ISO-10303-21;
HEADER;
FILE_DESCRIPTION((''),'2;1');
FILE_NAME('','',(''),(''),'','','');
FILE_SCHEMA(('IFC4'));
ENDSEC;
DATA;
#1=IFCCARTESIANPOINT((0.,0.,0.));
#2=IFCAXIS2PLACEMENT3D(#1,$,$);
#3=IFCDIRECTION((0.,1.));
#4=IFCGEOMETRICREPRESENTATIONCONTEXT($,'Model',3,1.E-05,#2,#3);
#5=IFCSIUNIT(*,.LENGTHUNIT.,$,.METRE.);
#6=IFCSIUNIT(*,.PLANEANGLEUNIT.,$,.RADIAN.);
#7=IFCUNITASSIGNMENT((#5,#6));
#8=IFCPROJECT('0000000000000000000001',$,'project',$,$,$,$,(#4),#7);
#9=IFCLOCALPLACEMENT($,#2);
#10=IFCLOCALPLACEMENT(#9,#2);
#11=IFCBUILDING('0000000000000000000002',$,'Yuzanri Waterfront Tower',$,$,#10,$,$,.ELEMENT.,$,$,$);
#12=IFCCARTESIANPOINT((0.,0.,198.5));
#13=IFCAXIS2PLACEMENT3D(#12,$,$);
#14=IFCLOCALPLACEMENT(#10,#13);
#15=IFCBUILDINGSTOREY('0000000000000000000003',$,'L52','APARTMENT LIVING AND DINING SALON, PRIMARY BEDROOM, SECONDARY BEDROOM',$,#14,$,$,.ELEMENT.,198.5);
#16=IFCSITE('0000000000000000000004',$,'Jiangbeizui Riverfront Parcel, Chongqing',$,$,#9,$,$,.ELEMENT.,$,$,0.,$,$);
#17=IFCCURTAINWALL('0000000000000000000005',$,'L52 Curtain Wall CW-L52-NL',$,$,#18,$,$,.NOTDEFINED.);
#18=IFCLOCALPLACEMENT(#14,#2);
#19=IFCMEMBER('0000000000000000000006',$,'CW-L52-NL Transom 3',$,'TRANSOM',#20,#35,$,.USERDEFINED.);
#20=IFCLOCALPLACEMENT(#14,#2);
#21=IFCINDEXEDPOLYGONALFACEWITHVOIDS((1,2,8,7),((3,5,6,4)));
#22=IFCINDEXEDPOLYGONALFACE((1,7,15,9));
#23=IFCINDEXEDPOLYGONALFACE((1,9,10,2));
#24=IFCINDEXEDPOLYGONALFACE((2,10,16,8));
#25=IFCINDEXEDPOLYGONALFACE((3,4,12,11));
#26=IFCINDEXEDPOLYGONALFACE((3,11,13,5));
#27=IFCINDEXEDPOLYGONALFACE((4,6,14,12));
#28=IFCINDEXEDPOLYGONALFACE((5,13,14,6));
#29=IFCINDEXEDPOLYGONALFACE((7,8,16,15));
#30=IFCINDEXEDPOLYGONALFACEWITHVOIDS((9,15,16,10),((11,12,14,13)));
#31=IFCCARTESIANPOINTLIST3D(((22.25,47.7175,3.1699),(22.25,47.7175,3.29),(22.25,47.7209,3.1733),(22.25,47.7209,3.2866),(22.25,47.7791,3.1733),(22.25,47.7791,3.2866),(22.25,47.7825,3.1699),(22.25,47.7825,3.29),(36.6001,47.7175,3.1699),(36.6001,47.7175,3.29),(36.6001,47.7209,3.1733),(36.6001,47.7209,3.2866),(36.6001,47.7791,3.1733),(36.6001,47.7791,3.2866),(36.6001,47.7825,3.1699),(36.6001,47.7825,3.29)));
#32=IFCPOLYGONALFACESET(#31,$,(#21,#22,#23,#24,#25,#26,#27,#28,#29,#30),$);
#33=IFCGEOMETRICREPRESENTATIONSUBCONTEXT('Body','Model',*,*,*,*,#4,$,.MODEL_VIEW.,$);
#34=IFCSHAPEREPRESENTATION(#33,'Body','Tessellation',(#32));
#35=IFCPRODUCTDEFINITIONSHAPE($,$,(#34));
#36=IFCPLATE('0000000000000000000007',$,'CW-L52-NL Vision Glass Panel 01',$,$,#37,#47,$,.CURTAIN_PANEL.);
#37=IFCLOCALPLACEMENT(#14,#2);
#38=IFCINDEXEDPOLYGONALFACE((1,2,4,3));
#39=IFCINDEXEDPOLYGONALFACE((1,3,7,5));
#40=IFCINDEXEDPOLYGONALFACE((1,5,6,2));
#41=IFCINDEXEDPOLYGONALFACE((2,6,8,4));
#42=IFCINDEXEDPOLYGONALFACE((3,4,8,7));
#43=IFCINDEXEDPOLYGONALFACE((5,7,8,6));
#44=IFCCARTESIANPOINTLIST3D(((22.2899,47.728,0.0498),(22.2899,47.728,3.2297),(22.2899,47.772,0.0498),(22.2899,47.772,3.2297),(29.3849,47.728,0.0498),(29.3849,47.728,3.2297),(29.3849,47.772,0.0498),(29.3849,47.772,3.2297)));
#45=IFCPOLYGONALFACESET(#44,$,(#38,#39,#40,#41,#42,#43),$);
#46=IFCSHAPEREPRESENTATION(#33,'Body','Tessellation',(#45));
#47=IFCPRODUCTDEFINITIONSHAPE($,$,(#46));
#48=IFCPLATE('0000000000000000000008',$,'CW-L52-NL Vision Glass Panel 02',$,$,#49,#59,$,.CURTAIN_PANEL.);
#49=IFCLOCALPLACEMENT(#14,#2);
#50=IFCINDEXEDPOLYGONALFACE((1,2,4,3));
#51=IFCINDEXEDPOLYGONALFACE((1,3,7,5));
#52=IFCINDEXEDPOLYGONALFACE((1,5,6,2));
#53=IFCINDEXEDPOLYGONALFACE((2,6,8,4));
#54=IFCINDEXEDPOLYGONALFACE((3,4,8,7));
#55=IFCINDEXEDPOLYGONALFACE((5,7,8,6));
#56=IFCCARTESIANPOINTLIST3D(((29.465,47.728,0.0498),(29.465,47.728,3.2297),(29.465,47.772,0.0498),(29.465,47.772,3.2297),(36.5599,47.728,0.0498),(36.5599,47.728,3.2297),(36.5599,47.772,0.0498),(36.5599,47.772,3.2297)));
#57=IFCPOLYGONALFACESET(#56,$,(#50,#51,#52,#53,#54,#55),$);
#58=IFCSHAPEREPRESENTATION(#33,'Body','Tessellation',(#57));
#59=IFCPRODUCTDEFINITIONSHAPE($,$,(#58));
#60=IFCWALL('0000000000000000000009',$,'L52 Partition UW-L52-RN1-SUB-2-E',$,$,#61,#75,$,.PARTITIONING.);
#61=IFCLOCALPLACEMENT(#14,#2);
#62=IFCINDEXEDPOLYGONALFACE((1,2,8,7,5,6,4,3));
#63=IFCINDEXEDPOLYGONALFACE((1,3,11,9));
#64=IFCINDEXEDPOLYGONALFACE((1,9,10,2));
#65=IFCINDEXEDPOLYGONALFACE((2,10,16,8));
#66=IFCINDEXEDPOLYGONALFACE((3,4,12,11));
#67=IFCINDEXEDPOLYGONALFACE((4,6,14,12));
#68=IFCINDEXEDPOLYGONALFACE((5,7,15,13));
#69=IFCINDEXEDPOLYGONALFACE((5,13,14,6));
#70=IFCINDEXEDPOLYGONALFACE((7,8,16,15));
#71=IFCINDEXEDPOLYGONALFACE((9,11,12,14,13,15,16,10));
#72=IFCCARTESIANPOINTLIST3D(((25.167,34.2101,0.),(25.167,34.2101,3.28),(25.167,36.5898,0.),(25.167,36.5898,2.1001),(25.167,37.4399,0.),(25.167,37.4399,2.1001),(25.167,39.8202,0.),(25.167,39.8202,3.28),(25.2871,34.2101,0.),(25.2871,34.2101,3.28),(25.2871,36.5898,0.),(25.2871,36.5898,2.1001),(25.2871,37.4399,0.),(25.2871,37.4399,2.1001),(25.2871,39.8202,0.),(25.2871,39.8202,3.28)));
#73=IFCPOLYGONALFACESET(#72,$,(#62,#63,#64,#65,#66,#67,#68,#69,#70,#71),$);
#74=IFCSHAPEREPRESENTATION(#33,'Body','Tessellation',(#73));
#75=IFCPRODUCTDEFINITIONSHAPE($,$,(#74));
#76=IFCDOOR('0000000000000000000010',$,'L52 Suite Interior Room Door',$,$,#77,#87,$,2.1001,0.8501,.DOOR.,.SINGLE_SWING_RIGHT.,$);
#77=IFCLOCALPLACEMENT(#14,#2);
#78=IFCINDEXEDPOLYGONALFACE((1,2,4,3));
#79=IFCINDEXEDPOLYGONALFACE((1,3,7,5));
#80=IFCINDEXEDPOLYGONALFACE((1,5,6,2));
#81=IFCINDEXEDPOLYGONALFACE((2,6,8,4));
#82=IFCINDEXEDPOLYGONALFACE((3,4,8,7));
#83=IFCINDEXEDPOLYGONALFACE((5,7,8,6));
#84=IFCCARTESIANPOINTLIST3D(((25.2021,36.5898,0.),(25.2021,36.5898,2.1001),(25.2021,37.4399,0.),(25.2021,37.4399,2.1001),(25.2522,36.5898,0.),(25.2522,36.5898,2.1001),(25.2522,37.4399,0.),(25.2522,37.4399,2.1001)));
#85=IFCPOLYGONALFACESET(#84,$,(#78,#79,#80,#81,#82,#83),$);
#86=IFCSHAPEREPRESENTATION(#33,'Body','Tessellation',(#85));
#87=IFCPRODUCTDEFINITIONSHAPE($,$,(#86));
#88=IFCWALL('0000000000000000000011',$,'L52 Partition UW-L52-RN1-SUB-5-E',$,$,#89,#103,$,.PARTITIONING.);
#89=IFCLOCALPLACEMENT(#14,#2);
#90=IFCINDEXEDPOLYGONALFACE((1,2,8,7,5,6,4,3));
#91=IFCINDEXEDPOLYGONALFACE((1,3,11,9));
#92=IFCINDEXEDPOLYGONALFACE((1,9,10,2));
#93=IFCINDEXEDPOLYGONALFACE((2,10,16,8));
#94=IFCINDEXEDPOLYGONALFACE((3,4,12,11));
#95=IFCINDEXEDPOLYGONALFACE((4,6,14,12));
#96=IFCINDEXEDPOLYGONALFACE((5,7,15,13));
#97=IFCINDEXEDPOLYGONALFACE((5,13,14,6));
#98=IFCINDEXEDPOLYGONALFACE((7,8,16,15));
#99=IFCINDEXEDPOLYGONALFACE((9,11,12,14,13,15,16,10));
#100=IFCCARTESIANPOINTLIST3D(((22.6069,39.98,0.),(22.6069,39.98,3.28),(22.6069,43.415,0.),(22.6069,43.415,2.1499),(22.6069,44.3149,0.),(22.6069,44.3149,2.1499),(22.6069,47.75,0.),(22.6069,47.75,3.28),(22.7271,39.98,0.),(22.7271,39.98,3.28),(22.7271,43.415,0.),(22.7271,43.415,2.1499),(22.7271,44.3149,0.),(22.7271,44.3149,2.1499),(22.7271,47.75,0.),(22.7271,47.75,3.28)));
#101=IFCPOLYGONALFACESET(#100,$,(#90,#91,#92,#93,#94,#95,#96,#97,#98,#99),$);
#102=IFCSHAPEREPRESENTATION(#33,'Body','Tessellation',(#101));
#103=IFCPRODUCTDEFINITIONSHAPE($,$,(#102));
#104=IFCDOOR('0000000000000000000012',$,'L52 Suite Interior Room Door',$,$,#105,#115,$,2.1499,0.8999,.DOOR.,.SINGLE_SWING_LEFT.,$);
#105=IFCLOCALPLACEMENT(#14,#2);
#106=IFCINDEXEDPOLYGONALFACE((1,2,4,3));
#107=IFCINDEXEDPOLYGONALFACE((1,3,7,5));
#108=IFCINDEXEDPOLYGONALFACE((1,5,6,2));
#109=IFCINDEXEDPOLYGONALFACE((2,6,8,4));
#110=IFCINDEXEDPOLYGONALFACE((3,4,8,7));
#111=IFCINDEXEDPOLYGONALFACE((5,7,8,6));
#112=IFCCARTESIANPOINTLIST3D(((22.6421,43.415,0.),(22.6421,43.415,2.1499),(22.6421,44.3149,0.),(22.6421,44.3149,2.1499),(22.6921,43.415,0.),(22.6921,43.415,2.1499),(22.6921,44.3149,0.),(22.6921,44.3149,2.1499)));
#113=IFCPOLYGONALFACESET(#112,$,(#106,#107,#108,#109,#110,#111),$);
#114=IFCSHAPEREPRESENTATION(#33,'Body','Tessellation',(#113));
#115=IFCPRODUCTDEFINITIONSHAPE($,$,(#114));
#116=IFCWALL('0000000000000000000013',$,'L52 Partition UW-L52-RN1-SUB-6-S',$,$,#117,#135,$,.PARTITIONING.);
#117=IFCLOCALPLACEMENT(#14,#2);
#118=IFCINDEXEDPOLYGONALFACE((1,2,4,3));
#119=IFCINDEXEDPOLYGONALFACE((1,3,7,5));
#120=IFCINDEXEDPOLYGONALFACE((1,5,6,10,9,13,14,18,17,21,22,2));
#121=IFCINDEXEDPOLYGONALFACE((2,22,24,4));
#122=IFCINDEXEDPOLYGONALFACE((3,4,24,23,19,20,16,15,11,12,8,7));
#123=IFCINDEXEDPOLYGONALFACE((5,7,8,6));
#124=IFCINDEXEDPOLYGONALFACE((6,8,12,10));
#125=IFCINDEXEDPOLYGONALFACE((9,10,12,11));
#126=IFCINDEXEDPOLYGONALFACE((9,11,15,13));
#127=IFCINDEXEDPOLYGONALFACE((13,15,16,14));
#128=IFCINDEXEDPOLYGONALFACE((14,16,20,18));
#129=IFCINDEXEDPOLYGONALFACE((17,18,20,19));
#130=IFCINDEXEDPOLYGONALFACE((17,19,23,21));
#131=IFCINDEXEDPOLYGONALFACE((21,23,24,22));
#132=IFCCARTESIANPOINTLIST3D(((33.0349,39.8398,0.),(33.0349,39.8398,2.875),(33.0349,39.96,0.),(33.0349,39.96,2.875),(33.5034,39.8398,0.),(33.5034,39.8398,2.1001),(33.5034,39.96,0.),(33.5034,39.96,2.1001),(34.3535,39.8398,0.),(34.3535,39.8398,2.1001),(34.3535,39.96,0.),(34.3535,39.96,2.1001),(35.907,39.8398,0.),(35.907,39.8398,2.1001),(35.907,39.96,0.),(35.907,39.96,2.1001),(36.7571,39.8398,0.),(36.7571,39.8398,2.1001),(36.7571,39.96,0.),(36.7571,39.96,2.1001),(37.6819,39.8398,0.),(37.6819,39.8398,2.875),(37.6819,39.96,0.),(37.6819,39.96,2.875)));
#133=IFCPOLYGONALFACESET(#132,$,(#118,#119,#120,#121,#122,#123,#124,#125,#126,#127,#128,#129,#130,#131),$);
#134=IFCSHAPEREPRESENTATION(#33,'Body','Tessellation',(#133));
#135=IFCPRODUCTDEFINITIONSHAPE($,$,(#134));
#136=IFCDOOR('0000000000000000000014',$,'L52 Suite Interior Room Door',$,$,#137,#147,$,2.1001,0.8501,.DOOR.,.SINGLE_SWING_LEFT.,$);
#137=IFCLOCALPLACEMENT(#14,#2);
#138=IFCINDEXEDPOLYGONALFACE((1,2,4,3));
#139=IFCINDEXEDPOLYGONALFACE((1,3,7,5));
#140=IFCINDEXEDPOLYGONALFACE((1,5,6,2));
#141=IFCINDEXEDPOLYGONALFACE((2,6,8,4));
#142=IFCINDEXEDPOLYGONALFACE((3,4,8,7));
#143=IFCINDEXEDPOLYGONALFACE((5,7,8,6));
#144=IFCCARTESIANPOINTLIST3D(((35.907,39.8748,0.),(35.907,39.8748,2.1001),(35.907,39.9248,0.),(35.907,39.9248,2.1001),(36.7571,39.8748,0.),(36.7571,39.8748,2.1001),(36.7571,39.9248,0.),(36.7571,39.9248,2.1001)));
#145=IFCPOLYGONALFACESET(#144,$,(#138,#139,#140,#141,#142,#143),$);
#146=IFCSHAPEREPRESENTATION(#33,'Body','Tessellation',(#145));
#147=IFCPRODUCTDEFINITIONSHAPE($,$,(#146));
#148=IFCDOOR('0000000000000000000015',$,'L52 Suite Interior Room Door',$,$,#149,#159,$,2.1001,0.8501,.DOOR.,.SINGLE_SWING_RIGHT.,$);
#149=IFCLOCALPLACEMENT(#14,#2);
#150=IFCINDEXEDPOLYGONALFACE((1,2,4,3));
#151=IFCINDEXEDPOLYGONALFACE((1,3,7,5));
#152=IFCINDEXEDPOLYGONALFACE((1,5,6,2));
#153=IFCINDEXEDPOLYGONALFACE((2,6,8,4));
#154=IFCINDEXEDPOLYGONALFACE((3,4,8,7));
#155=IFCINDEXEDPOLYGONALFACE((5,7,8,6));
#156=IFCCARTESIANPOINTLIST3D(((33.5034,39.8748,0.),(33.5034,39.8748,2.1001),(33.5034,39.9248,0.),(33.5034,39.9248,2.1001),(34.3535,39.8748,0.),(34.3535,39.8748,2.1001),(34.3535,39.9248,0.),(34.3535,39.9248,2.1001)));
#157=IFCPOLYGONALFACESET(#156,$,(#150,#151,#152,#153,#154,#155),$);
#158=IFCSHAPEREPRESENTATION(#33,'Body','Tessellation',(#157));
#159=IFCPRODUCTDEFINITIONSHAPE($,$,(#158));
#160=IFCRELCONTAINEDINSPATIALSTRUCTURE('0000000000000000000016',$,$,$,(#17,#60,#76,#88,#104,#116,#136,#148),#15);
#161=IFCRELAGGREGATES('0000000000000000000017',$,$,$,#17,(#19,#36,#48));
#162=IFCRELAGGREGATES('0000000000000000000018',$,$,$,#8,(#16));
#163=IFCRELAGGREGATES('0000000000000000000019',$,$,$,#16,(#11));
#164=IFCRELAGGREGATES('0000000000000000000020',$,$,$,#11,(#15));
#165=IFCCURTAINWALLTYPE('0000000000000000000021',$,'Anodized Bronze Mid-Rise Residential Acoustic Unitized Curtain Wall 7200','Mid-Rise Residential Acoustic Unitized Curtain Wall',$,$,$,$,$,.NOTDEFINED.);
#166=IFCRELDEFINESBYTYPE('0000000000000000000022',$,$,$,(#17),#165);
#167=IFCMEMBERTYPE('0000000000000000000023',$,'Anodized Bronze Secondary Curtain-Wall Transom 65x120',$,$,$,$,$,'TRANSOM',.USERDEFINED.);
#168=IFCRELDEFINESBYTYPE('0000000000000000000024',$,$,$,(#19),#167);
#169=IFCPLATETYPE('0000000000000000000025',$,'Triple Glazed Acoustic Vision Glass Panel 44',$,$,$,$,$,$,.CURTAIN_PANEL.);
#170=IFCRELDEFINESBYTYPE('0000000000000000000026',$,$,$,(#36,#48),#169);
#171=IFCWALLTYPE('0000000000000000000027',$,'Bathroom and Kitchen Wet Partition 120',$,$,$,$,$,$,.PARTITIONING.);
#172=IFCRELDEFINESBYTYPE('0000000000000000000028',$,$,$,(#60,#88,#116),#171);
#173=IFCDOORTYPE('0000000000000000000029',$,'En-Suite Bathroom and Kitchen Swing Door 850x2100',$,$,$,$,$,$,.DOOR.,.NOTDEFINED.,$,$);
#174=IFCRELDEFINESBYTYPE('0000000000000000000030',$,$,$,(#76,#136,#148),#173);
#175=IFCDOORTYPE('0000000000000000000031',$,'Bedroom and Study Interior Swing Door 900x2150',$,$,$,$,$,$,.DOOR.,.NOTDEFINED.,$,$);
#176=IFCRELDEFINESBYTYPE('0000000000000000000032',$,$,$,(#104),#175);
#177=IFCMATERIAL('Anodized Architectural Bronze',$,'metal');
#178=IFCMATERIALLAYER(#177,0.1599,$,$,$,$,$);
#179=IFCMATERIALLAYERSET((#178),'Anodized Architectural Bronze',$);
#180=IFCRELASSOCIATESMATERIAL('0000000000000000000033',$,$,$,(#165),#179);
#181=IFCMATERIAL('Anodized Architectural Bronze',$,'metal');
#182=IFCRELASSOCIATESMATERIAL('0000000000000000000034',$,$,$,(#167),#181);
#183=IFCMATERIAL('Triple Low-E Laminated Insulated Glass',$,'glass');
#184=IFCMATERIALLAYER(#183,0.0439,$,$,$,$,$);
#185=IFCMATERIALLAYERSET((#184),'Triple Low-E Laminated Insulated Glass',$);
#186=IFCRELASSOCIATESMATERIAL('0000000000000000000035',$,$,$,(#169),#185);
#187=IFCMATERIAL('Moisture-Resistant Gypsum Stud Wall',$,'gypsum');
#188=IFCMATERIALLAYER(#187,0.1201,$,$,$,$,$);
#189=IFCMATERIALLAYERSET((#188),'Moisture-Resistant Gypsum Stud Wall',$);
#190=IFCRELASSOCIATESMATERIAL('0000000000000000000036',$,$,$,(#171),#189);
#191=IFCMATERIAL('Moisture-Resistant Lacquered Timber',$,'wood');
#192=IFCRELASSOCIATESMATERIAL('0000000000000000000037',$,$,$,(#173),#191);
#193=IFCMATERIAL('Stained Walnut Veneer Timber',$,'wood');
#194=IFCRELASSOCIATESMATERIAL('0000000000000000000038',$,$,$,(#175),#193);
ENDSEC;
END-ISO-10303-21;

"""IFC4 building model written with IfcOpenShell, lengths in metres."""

from ifc_helpers import new_model, si_unit, direction, frame, frame_2d, origin, origin_2d, place, context, subcontext, project, spatial, rectangle, hollow_rectangle, extrude, source, transform, mapped, material, layer, layer_set, material_profile, profile_set, type_object, element, fill, aggregate, save


model = new_model("IFC4")

# Units and contexts
model_context = context("Model", 3, precision=1e-05, world=origin(), true_north=direction((0.0, 1.0)))
body_context = subcontext(model_context, "Body", "Model", "MODEL_VIEW")
ifc_project = project(units=[si_unit("LENGTHUNIT", "METRE"), si_unit("PLANEANGLEUNIT", "RADIAN")], contexts=[model_context])

# Site, building, storey
site_placement = place(None, origin())
site = spatial("IfcSite", under=ifc_project, at=site_placement, Name="Jiangbeizui Riverfront Parcel, Chongqing", CompositionType="ELEMENT", RefElevation=0.0)
building_placement = place(site_placement, origin())
building = spatial("IfcBuilding", under=site, at=building_placement, Name="Yuzanri Waterfront Tower", CompositionType="ELEMENT")
storey_placement = place(building_placement, frame((0.0, 0.0, 198.5)))
storey = spatial("IfcBuildingStorey", under=building, at=storey_placement, Name="L52", Description="APARTMENT LIVING AND DINING SALON, PRIMARY BEDROOM, SECONDARY BEDROOM", CompositionType="ELEMENT", Elevation=198.5)

# Curtain wall, member, plates
ifc_material_1 = material(Name="Anodized Architectural Bronze", Category="metal")
ifc_layer_1 = layer(ifc_material_1, 0.1599)
ifc_layer_set_1 = layer_set([ifc_layer_1], Name="Anodized Architectural Bronze")
curtain_wall_type = type_object("IfcCurtainWallType", Name="Anodized Bronze Mid-Rise Residential Acoustic Unitized Curtain Wall 7200", Description="Mid-Rise Residential Acoustic Unitized Curtain Wall", PredefinedType="NOTDEFINED", material=ifc_layer_set_1)
curtain_wall_placement = place(storey_placement, origin())
curtain_wall = element("IfcCurtainWall", 1, at=curtain_wall_placement, inside=storey, type_object=curtain_wall_type, Name="L52 Curtain Wall CW-L52-NL", PredefinedType="NOTDEFINED")
ifc_material_2 = material(Name="Anodized Architectural Bronze", Category="metal")
ifc_material_profile_1 = material_profile(ifc_material_2, hollow_rectangle(XDim=0.0649, YDim=0.1201, WallThickness=0.0034, at=origin_2d()), Name="CWT 65x120")
ifc_profile_set_1 = profile_set([ifc_material_profile_1], Name="Anodized Architectural Bronze")
member_type_1 = type_object("IfcMemberType", Name="Anodized Bronze Secondary Curtain-Wall Transom 65x120", ElementType="TRANSOM", PredefinedType="USERDEFINED", material=ifc_profile_set_1)
shared_shape_1 = source(origin(), body_context, "Body", "SweptSolid", [
    extrude(hollow_rectangle(XDim=0.0649, YDim=0.1201, WallThickness=0.0034, at=origin_2d()), origin(), (0.0, 0.0, 1.0), 14.3501),
])
member_1_placement = place(storey_placement, frame((22.25, 47.75, 3.23), z_axis=(1.0, 0.0, 0.0), x_axis=(0.0, 1.0, 0.0)))
member_1 = element("IfcMember", 2, at=member_1_placement, type_object=member_type_1, Name="CW-L52-NL Transom 3", ObjectType="TRANSOM", PredefinedType="USERDEFINED", context=body_context, shape_type="MappedRepresentation", body=[
    mapped(shared_shape_1, transform((0.0, 0.0, 0.0), scale=1.0)),
])
ifc_material_3 = material(Name="Triple Low-E Laminated Insulated Glass", Category="glass")
ifc_layer_2 = layer(ifc_material_3, 0.0439)
ifc_layer_set_2 = layer_set([ifc_layer_2], Name="Triple Low-E Laminated Insulated Glass")
plate_type = type_object("IfcPlateType", Name="Triple Glazed Acoustic Vision Glass Panel 44", PredefinedType="CURTAIN_PANEL", material=ifc_layer_set_2)
shared_shape_2 = source(origin(), body_context, "Body", "SweptSolid", [
    extrude(rectangle(XDim=7.095, YDim=0.0439, at=origin_2d()), origin(), (0.0, 0.0, 1.0), 3.1799),
])
plate_1_placement = place(storey_placement, frame((25.8374, 47.75, 0.0498), z_axis=(0.0, 0.0, 1.0), x_axis=(1.0, 0.0, 0.0)))
plate_1 = element("IfcPlate", 3, at=plate_1_placement, type_object=plate_type, Name="CW-L52-NL Vision Glass Panel 01", PredefinedType="CURTAIN_PANEL", context=body_context, shape_type="MappedRepresentation", body=[
    mapped(shared_shape_2, transform((0.0, 0.0, 0.0), scale=1.0)),
])
plate_2_placement = place(storey_placement, frame((33.0125, 47.75, 0.0498), z_axis=(0.0, 0.0, 1.0), x_axis=(1.0, 0.0, 0.0)))
plate_2 = element("IfcPlate", 4, at=plate_2_placement, type_object=plate_type, Name="CW-L52-NL Vision Glass Panel 02", PredefinedType="CURTAIN_PANEL", context=body_context, shape_type="MappedRepresentation", body=[
    mapped(shared_shape_2, transform((0.0, 0.0, 0.0), scale=1.0)),
])
aggregate(curtain_wall, [member_1, plate_1, plate_2])

# Walls, openings, doors
ifc_material_4 = material(Name="Moisture-Resistant Gypsum Stud Wall", Category="gypsum")
ifc_layer_3 = layer(ifc_material_4, 0.1201)
ifc_layer_set_3 = layer_set([ifc_layer_3], Name="Moisture-Resistant Gypsum Stud Wall")
wall_type = type_object("IfcWallType", Name="Bathroom and Kitchen Wet Partition 120", PredefinedType="PARTITIONING", material=ifc_layer_set_3)
wall_1_placement = place(storey_placement, frame((25.2271, 34.21, 0.0), z_axis=(0.0, 0.0, 1.0), x_axis=(0.0, 1.0, 0.0)))
wall_1 = element("IfcWall", 5, at=wall_1_placement, inside=storey, type_object=wall_type, Name="L52 Partition UW-L52-RN1-SUB-2-E", PredefinedType="PARTITIONING", context=body_context, shape_type="SweptSolid", body=[
    extrude(rectangle(XDim=5.6101, YDim=0.1201, at=frame_2d((2.8052, 0.0))), origin(), (0.0, 0.0, 1.0), 3.28),
])
opening_1_placement = place(wall_1_placement, frame((2.3799, 0.0, 0.0)))
opening_1 = element("IfcOpeningElement", 6, at=opening_1_placement, cuts=wall_1, PredefinedType="OPENING", context=body_context, shape_type="SweptSolid", body=[
    extrude(rectangle(XDim=0.8501, YDim=2.1001, at=frame_2d((0.425, 1.05))), frame((0.0, 0.075, 0.0), z_axis=(0.0, -1.0, 0.0), x_axis=(1.0, 0.0, 0.0)), (0.0, 0.0, 1.0), 0.1499),
])
ifc_material_5 = material(Name="Moisture-Resistant Lacquered Timber", Category="wood")
door_type_1 = type_object("IfcDoorType", Name="En-Suite Bathroom and Kitchen Swing Door 850x2100", OperationType="NOTDEFINED", PredefinedType="DOOR", material=ifc_material_5)
shared_shape_3 = source(origin(), body_context, "Body", "SweptSolid", [
    extrude(rectangle(XDim=0.8501, YDim=2.1001, at=frame_2d((0.425, 1.05))), frame((0.0, 0.0249, 0.0), z_axis=(0.0, -1.0, 0.0), x_axis=(1.0, 0.0, 0.0)), (0.0, 0.0, 1.0), 0.05),
])
door_1_placement = place(opening_1_placement, origin())
door_1 = element("IfcDoor", 7, at=door_1_placement, inside=storey, type_object=door_type_1, Name="L52 Suite Interior Room Door", OperationType="SINGLE_SWING_RIGHT", OverallHeight=2.1001, OverallWidth=0.8501, PredefinedType="DOOR", context=body_context, shape_type="MappedRepresentation", body=[
    mapped(shared_shape_3, transform((0.0, 0.0, 0.0), scale=1.0)),
])
fill(opening_1, door_1)
wall_2_placement = place(storey_placement, frame((22.667, 39.98, 0.0), z_axis=(0.0, 0.0, 1.0), x_axis=(0.0, 1.0, 0.0)))
wall_2 = element("IfcWall", 8, at=wall_2_placement, inside=storey, type_object=wall_type, Name="L52 Partition UW-L52-RN1-SUB-5-E", PredefinedType="PARTITIONING", context=body_context, shape_type="SweptSolid", body=[
    extrude(rectangle(XDim=7.77, YDim=0.1201, at=frame_2d((3.885, 0.0))), origin(), (0.0, 0.0, 1.0), 3.28),
])
opening_2_placement = place(wall_2_placement, frame((3.4351, 0.0, 0.0)))
opening_2 = element("IfcOpeningElement", 9, at=opening_2_placement, cuts=wall_2, PredefinedType="OPENING", context=body_context, shape_type="SweptSolid", body=[
    extrude(rectangle(XDim=0.8999, YDim=2.1499, at=frame_2d((0.45, 1.075))), frame((0.0, 0.075, 0.0), z_axis=(0.0, -1.0, 0.0), x_axis=(1.0, 0.0, 0.0)), (0.0, 0.0, 1.0), 0.1499),
])
ifc_material_6 = material(Name="Stained Walnut Veneer Timber", Category="wood")
door_type_2 = type_object("IfcDoorType", Name="Bedroom and Study Interior Swing Door 900x2150", OperationType="NOTDEFINED", PredefinedType="DOOR", material=ifc_material_6)
shared_shape_4 = source(origin(), body_context, "Body", "SweptSolid", [
    extrude(rectangle(XDim=0.8999, YDim=2.1499, at=frame_2d((0.45, 1.075))), frame((0.0, 0.0249, 0.0), z_axis=(0.0, -1.0, 0.0), x_axis=(1.0, 0.0, 0.0)), (0.0, 0.0, 1.0), 0.05),
])
door_2_placement = place(opening_2_placement, origin())
door_2 = element("IfcDoor", 10, at=door_2_placement, inside=storey, type_object=door_type_2, Name="L52 Suite Interior Room Door", OperationType="SINGLE_SWING_LEFT", OverallHeight=2.1499, OverallWidth=0.8999, PredefinedType="DOOR", context=body_context, shape_type="MappedRepresentation", body=[
    mapped(shared_shape_4, transform((0.0, 0.0, 0.0), scale=1.0)),
])
fill(opening_2, door_2)

# Wall, openings, doors
wall_3_placement = place(storey_placement, frame((33.0349, 39.8999, 0.0), z_axis=(0.0, 0.0, 1.0), x_axis=(1.0, 0.0, 0.0)))
wall_3 = element("IfcWall", 11, at=wall_3_placement, inside=storey, type_object=wall_type, Name="L52 Partition UW-L52-RN1-SUB-6-S", PredefinedType="PARTITIONING", context=body_context, shape_type="SweptSolid", body=[
    extrude(rectangle(XDim=4.647, YDim=0.1201, at=frame_2d((2.3235, 0.0))), origin(), (0.0, 0.0, 1.0), 2.875),
])
opening_3_placement = place(wall_3_placement, frame((2.8721, 0.0, 0.0)))
opening_3 = element("IfcOpeningElement", 12, at=opening_3_placement, cuts=wall_3, PredefinedType="OPENING", context=body_context, shape_type="SweptSolid", body=[
    extrude(rectangle(XDim=0.8501, YDim=2.1001, at=frame_2d((0.425, 1.05))), frame((0.0, 0.075, 0.0), z_axis=(0.0, -1.0, 0.0), x_axis=(1.0, 0.0, 0.0)), (0.0, 0.0, 1.0), 0.1499),
])
opening_4_placement = place(wall_3_placement, frame((0.4685, 0.0, 0.0)))
opening_4 = element("IfcOpeningElement", 13, at=opening_4_placement, cuts=wall_3, PredefinedType="OPENING", context=body_context, shape_type="SweptSolid", body=[
    extrude(rectangle(XDim=0.8501, YDim=2.1001, at=frame_2d((0.425, 1.05))), frame((0.0, 0.075, 0.0), z_axis=(0.0, -1.0, 0.0), x_axis=(1.0, 0.0, 0.0)), (0.0, 0.0, 1.0), 0.1499),
])
door_3_placement = place(opening_3_placement, origin())
door_3 = element("IfcDoor", 14, at=door_3_placement, inside=storey, type_object=door_type_1, Name="L52 Suite Interior Room Door", OperationType="SINGLE_SWING_LEFT", OverallHeight=2.1001, OverallWidth=0.8501, PredefinedType="DOOR", context=body_context, shape_type="MappedRepresentation", body=[
    mapped(shared_shape_3, transform((0.0, 0.0, 0.0), scale=1.0)),
])
fill(opening_3, door_3)
door_4_placement = place(opening_4_placement, origin())
door_4 = element("IfcDoor", 15, at=door_4_placement, inside=storey, type_object=door_type_1, Name="L52 Suite Interior Room Door", OperationType="SINGLE_SWING_RIGHT", OverallHeight=2.1001, OverallWidth=0.8501, PredefinedType="DOOR", context=body_context, shape_type="MappedRepresentation", body=[
    mapped(shared_shape_3, transform((0.0, 0.0, 0.0), scale=1.0)),
])
fill(opening_4, door_4)

save(model, "model.ifc")
